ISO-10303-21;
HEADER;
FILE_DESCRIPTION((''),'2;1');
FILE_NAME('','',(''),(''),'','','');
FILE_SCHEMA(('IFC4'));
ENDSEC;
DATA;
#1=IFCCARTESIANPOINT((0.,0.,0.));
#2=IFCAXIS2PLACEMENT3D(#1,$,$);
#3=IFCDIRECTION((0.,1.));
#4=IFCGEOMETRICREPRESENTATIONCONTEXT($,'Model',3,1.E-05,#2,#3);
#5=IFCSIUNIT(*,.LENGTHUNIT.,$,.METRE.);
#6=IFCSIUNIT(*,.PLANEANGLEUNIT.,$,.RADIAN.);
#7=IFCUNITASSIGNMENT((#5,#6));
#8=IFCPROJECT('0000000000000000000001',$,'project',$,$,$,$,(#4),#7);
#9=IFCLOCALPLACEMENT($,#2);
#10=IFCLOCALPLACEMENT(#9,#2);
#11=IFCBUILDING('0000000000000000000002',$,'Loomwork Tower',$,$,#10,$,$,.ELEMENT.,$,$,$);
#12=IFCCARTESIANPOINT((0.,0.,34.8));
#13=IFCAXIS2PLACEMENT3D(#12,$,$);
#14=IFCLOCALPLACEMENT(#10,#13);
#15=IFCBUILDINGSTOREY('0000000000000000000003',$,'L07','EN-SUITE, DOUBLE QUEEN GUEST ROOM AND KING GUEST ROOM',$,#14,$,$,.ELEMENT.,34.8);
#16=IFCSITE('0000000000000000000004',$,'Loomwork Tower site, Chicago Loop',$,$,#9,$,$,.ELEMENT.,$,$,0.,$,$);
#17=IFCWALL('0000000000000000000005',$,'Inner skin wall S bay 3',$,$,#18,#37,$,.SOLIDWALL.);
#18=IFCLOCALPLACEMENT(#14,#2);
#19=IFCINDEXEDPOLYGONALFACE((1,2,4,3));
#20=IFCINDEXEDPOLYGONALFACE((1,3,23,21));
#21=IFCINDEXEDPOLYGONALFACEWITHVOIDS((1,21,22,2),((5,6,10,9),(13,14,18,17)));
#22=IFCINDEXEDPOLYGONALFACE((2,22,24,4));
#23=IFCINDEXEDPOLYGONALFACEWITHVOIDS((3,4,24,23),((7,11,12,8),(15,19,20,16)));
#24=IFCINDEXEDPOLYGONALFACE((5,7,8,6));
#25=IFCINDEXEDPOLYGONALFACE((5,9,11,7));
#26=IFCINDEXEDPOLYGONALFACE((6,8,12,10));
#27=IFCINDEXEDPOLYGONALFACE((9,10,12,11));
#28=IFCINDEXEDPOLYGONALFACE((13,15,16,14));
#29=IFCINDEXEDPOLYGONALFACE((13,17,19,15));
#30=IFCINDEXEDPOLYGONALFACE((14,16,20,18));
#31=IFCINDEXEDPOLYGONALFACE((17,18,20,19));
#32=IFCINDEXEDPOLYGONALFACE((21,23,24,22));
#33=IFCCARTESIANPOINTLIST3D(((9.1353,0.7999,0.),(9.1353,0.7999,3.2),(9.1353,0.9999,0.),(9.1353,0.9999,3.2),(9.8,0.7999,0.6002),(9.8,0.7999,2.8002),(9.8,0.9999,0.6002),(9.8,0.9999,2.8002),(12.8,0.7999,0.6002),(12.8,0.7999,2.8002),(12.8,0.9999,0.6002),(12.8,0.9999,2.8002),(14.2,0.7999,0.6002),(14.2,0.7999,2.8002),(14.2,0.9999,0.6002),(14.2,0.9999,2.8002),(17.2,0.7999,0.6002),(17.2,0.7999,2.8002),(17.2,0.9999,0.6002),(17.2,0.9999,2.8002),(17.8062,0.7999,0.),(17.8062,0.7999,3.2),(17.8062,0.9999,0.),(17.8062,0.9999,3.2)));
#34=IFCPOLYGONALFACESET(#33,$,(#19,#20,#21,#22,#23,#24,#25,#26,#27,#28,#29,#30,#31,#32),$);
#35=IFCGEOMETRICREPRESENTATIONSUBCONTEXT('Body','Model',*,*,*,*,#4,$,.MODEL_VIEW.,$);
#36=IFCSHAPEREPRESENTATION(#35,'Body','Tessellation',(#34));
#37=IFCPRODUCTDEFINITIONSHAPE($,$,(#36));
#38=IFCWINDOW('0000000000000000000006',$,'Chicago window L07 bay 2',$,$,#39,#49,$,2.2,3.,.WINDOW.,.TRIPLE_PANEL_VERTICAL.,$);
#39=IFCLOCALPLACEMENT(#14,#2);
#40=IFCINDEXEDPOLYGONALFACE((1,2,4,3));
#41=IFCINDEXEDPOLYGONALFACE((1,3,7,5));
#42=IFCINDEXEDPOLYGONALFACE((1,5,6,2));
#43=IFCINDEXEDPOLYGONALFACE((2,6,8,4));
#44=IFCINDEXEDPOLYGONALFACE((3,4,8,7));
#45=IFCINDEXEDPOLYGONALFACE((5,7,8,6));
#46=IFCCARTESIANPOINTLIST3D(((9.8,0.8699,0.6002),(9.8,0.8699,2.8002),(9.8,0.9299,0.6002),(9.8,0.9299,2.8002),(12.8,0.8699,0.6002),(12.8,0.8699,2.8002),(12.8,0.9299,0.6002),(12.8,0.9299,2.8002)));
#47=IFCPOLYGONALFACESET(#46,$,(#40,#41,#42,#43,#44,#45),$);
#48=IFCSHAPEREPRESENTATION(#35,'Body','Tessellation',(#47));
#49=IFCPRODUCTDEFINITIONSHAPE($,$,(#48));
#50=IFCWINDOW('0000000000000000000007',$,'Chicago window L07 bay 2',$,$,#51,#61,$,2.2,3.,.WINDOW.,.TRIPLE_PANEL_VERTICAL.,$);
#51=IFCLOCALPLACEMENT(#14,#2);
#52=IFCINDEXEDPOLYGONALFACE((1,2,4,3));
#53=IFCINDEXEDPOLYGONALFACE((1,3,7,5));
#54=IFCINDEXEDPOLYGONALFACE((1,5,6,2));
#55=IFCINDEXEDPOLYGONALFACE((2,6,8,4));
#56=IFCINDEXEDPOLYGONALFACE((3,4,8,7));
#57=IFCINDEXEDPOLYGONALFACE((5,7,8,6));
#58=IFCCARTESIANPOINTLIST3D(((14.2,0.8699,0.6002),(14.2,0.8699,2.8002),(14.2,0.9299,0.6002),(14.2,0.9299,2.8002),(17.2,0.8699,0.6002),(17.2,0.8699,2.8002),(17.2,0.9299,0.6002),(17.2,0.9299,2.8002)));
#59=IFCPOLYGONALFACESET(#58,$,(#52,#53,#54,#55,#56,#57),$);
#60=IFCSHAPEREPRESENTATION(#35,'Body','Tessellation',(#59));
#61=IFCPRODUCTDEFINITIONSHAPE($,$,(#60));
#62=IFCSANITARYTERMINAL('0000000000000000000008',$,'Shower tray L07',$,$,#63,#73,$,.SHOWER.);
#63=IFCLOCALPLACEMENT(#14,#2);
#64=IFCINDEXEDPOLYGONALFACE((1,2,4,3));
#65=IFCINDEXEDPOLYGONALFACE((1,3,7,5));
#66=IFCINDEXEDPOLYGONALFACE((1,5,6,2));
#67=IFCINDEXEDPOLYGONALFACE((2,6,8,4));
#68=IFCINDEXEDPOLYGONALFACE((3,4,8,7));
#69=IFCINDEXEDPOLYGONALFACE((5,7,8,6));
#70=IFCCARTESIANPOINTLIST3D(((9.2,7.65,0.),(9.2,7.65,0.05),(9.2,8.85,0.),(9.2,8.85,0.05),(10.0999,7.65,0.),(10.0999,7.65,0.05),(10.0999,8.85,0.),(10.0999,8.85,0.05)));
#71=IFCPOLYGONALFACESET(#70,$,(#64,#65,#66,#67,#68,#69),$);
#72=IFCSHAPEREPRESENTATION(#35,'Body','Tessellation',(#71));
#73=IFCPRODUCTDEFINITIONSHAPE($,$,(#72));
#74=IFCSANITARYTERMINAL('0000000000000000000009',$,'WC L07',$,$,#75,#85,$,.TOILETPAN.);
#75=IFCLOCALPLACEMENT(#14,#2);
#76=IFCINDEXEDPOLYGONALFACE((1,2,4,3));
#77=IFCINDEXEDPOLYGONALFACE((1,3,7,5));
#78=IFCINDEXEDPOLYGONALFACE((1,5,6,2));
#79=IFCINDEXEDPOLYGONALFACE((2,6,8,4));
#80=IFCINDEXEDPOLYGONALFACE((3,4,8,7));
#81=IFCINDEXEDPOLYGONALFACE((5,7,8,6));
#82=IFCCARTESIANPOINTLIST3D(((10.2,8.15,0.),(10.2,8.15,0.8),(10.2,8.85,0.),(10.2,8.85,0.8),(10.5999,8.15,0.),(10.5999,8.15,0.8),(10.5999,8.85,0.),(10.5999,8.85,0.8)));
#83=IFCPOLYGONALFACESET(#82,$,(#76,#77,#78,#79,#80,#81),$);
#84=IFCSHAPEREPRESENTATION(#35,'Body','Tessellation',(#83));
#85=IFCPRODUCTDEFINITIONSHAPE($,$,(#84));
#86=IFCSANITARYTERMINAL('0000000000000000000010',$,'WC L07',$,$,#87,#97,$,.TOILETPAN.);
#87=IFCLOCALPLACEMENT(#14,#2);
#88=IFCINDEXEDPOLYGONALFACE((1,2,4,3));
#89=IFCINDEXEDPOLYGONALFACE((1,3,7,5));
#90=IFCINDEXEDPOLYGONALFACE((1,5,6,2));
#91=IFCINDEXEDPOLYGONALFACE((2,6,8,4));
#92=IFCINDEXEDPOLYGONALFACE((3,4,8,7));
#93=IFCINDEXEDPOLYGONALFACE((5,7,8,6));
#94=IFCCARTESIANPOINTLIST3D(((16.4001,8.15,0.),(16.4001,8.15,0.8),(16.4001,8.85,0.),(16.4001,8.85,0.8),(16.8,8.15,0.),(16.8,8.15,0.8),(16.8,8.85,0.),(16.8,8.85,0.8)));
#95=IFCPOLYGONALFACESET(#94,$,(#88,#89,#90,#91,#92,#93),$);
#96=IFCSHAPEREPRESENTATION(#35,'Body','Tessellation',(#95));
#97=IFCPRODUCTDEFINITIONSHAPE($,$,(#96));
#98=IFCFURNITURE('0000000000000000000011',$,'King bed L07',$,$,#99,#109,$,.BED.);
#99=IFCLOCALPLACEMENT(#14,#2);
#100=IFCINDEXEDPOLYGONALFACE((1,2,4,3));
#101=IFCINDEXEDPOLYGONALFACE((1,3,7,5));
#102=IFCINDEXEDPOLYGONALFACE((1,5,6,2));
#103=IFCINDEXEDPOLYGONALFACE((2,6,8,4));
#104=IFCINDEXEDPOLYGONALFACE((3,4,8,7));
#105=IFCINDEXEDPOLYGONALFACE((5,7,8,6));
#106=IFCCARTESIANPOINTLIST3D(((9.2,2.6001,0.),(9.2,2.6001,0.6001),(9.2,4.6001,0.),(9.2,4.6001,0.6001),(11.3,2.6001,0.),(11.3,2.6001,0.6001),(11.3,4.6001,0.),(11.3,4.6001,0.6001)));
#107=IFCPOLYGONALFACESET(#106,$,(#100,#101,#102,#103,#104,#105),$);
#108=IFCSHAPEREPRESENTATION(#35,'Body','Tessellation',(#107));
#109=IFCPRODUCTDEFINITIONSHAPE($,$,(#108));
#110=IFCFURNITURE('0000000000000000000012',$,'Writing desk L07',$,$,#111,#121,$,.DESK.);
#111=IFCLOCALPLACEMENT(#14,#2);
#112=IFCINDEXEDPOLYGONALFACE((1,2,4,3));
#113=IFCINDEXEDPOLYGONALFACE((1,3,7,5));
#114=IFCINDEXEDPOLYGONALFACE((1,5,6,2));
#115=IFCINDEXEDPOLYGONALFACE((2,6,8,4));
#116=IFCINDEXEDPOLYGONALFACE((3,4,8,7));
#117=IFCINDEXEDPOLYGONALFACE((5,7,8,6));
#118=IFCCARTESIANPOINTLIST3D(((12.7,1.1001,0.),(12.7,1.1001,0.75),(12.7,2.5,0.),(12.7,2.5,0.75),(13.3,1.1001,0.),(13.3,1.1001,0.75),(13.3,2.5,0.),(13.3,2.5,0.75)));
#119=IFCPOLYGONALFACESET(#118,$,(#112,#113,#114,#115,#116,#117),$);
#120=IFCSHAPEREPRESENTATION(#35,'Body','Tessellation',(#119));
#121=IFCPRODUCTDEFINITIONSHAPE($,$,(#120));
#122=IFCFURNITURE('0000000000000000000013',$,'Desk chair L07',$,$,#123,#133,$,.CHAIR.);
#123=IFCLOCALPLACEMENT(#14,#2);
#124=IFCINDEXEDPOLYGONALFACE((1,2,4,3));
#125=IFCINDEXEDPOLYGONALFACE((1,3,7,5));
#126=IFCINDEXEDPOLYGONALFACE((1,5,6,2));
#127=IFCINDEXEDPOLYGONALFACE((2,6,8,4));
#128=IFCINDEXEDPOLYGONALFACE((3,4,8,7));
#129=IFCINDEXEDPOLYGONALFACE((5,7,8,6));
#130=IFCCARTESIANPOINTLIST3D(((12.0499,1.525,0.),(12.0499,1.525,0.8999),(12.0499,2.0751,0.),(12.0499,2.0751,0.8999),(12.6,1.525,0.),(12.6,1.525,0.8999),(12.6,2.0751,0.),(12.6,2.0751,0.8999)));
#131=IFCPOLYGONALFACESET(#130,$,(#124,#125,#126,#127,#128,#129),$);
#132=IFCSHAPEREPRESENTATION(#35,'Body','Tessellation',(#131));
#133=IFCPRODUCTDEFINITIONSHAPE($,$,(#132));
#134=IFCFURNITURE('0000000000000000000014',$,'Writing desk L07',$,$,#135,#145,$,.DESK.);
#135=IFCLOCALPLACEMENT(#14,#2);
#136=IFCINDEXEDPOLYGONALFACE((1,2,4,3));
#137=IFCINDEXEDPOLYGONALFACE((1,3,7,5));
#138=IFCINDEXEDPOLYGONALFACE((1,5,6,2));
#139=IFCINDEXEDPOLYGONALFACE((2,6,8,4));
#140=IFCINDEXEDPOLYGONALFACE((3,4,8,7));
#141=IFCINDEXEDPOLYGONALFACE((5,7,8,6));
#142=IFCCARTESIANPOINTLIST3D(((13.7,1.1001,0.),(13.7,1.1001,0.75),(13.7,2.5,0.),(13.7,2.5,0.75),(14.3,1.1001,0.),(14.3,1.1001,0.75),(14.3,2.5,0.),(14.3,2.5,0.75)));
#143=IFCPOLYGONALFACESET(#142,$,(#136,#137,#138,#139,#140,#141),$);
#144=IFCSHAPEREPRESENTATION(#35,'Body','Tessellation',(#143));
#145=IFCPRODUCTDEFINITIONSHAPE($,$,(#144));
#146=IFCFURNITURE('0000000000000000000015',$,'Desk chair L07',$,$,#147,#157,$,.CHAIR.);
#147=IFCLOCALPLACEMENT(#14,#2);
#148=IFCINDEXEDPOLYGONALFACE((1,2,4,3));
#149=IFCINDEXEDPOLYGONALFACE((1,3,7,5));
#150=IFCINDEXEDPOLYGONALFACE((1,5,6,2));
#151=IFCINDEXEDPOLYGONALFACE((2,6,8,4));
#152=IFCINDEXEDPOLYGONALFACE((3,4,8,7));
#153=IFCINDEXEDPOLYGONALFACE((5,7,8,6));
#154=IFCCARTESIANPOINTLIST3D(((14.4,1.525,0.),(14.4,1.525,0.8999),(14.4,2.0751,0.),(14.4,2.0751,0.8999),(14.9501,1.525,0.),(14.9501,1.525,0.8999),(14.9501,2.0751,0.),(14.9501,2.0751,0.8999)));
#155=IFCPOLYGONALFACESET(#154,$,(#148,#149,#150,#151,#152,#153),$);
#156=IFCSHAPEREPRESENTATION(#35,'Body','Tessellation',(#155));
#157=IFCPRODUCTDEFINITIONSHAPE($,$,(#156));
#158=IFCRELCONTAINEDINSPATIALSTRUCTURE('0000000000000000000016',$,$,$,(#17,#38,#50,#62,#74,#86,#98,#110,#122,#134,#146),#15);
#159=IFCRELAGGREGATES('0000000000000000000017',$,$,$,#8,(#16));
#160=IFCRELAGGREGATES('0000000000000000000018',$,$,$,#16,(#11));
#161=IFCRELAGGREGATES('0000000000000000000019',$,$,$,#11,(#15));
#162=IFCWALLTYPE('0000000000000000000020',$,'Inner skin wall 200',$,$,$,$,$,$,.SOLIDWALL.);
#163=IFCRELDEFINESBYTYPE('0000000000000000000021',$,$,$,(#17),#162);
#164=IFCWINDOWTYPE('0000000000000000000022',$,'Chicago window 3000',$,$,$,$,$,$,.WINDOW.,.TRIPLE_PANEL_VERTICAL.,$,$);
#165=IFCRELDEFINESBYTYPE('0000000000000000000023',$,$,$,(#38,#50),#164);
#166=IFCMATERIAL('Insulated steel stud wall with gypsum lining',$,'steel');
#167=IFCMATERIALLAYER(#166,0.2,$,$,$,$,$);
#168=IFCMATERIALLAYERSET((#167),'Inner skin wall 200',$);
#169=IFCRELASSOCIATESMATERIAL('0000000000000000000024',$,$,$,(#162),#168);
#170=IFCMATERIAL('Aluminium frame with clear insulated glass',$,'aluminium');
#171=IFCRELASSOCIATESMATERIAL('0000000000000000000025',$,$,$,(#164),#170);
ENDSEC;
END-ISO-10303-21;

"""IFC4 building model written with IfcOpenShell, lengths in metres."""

from ifc_helpers import new_model, si_unit, direction, frame, frame_2d, origin, origin_2d, place, context, subcontext, project, spatial, rectangle, extrude, material, layer, layer_set, type_object, element, fill, save


model = new_model("IFC4")

# Units and contexts
model_context = context("Model", 3, precision=1e-05, world=origin(), true_north=direction((0.0, 1.0)))
body_context = subcontext(model_context, "Body", "Model", "MODEL_VIEW")
ifc_project = project(units=[si_unit("LENGTHUNIT", "METRE"), si_unit("PLANEANGLEUNIT", "RADIAN")], contexts=[model_context])

# Site, building, storey
site_placement = place(None, origin())
site = spatial("IfcSite", under=ifc_project, at=site_placement, Name="Loomwork Tower site, Chicago Loop", CompositionType="ELEMENT", RefElevation=0.0)
building_placement = place(site_placement, origin())
building = spatial("IfcBuilding", under=site, at=building_placement, Name="Loomwork Tower", CompositionType="ELEMENT")
storey_placement = place(building_placement, frame((0.0, 0.0, 34.8)))
storey = spatial("IfcBuildingStorey", under=building, at=storey_placement, Name="L07", Description="EN-SUITE, DOUBLE QUEEN GUEST ROOM AND KING GUEST ROOM", CompositionType="ELEMENT", Elevation=34.8)

# Wall, openings, windows
ifc_material_1 = material(Name="Insulated steel stud wall with gypsum lining", Category="steel")
ifc_layer_1 = layer(ifc_material_1, 0.2)
ifc_layer_set_1 = layer_set([ifc_layer_1], Name="Inner skin wall 200")
wall_type_1 = type_object("IfcWallType", Name="Inner skin wall 200", PredefinedType="SOLIDWALL", material=ifc_layer_set_1)
wall_1_placement = place(storey_placement, frame((9.1353, 0.8999, 0.0), z_axis=(0.0, 0.0, 1.0), x_axis=(1.0, 0.0, 0.0)))
wall_1 = element("IfcWall", 1, at=wall_1_placement, inside=storey, type_object=wall_type_1, Name="Inner skin wall S bay 3", PredefinedType="SOLIDWALL", context=body_context, shape_type="SweptSolid", body=[
    extrude(rectangle(XDim=8.6709, YDim=0.2, at=frame_2d((4.3354, 0.0))), origin(), (0.0, 0.0, 1.0), 3.2),
])
opening_1_placement = place(wall_1_placement, frame((0.6648, 0.0, 0.6001)))
opening_1 = element("IfcOpeningElement", 2, at=opening_1_placement, cuts=wall_1, PredefinedType="OPENING", context=body_context, shape_type="SweptSolid", body=[
    extrude(rectangle(XDim=3.0, YDim=2.2, at=frame_2d((1.5, 1.1001))), frame((0.0, 0.1099, 0.0), z_axis=(0.0, -1.0, 0.0), x_axis=(1.0, 0.0, 0.0)), (0.0, 0.0, 1.0), 0.22),
])
opening_2_placement = place(wall_1_placement, frame((5.0647, 0.0, 0.6001)))
opening_2 = element("IfcOpeningElement", 3, at=opening_2_placement, cuts=wall_1, PredefinedType="OPENING", context=body_context, shape_type="SweptSolid", body=[
    extrude(rectangle(XDim=3.0, YDim=2.2, at=frame_2d((1.5, 1.1001))), frame((0.0, 0.1099, 0.0), z_axis=(0.0, -1.0, 0.0), x_axis=(1.0, 0.0, 0.0)), (0.0, 0.0, 1.0), 0.22),
])
ifc_material_2 = material(Name="Aluminium frame with clear insulated glass", Category="aluminium")
window_type = type_object("IfcWindowType", Name="Chicago window 3000", PartitioningType="TRIPLE_PANEL_VERTICAL", PredefinedType="WINDOW", material=ifc_material_2)
window_1_placement = place(opening_1_placement, origin())
window_1 = element("IfcWindow", 4, at=window_1_placement, inside=storey, type_object=window_type, Name="Chicago window L07 bay 2", OverallHeight=2.2, OverallWidth=3.0, PartitioningType="TRIPLE_PANEL_VERTICAL", PredefinedType="WINDOW", context=body_context, shape_type="SweptSolid", body=[
    extrude(rectangle(XDim=3.0, YDim=2.2, at=frame_2d((1.5, 1.1001))), frame((0.0, 0.03, 0.0), z_axis=(0.0, -1.0, 0.0), x_axis=(1.0, 0.0, 0.0)), (0.0, 0.0, 1.0), 0.0601),
])
fill(opening_1, window_1)
window_2_placement = place(opening_2_placement, origin())
window_2 = element("IfcWindow", 5, at=window_2_placement, inside=storey, type_object=window_type, Name="Chicago window L07 bay 2", OverallHeight=2.2, OverallWidth=3.0, PartitioningType="TRIPLE_PANEL_VERTICAL", PredefinedType="WINDOW", context=body_context, shape_type="SweptSolid", body=[
    extrude(rectangle(XDim=3.0, YDim=2.2, at=frame_2d((1.5, 1.1001))), frame((0.0, 0.03, 0.0), z_axis=(0.0, -1.0, 0.0), x_axis=(1.0, 0.0, 0.0)), (0.0, 0.0, 1.0), 0.0601),
])
fill(opening_2, window_2)

# Sanitary terminals
sanitary_terminal_placement = place(storey_placement, frame((9.6499, 8.25, 0.0), z_axis=(0.0, 0.0, 1.0), x_axis=(1.0, 0.0, 0.0)))
element("IfcSanitaryTerminal", 6, at=sanitary_terminal_placement, inside=storey, Name="Shower tray L07", PredefinedType="SHOWER", context=body_context, shape_type="SweptSolid", body=[
    extrude(rectangle(XDim=0.8999, YDim=1.2, at=origin_2d()), origin(), (0.0, 0.0, 1.0), 0.05),
])
for number, where, z_axis, x_axis, name in (
    (7, (10.3999, 8.5, 0.0), (0.0, 0.0, 1.0), (1.0, 0.0, 0.0), "WC L07"),
    (8, (16.6001, 8.5, 0.0), (0.0, 0.0, 1.0), (1.0, 0.0, 0.0), "WC L07"),
):
    element("IfcSanitaryTerminal", number, at=place(storey_placement, frame(where, z_axis=z_axis, x_axis=x_axis)), inside=storey, Name=name, PredefinedType="TOILETPAN", context=body_context, shape_type="SweptSolid", body=[
        extrude(rectangle(XDim=0.3999, YDim=0.7, at=origin_2d()), origin(), (0.0, 0.0, 1.0), 0.8),
    ])

# Furniture
furniture_1_placement = place(storey_placement, frame((10.25, 3.6001, 0.0), z_axis=(0.0, 0.0, 1.0), x_axis=(1.0, 0.0, 0.0)))
element("IfcFurniture", 9, at=furniture_1_placement, inside=storey, Name="King bed L07", PredefinedType="BED", context=body_context, shape_type="SweptSolid", body=[
    extrude(rectangle(XDim=2.1001, YDim=2.0, at=origin_2d()), origin(), (0.0, 0.0, 1.0), 0.6001),
])
furniture_2_placement = place(storey_placement, frame((13.0, 1.8, 0.0), z_axis=(0.0, 0.0, 1.0), x_axis=(1.0, 0.0, 0.0)))
element("IfcFurniture", 10, at=furniture_2_placement, inside=storey, Name="Writing desk L07", PredefinedType="DESK", context=body_context, shape_type="SweptSolid", body=[
    extrude(rectangle(XDim=0.6001, YDim=1.3999, at=origin_2d()), origin(), (0.0, 0.0, 1.0), 0.75),
])
furniture_3_placement = place(storey_placement, frame((12.325, 1.8, 0.0), z_axis=(0.0, 0.0, 1.0), x_axis=(1.0, 0.0, 0.0)))
element("IfcFurniture", 11, at=furniture_3_placement, inside=storey, Name="Desk chair L07", PredefinedType="CHAIR", context=body_context, shape_type="SweptSolid", body=[
    extrude(rectangle(XDim=0.55, YDim=0.55, at=origin_2d()), origin(), (0.0, 0.0, 1.0), 0.8999),
])
furniture_4_placement = place(storey_placement, frame((14.0, 1.8, 0.0), z_axis=(0.0, 0.0, 1.0), x_axis=(1.0, 0.0, 0.0)))
element("IfcFurniture", 12, at=furniture_4_placement, inside=storey, Name="Writing desk L07", PredefinedType="DESK", context=body_context, shape_type="SweptSolid", body=[
    extrude(rectangle(XDim=0.6001, YDim=1.3999, at=origin_2d()), origin(), (0.0, 0.0, 1.0), 0.75),
])
furniture_5_placement = place(storey_placement, frame((14.675, 1.8, 0.0), z_axis=(0.0, 0.0, 1.0), x_axis=(1.0, 0.0, 0.0)))
element("IfcFurniture", 13, at=furniture_5_placement, inside=storey, Name="Desk chair L07", PredefinedType="CHAIR", context=body_context, shape_type="SweptSolid", body=[
    extrude(rectangle(XDim=0.55, YDim=0.55, at=origin_2d()), origin(), (0.0, 0.0, 1.0), 0.8999),
])

save(model, "model.ifc")
